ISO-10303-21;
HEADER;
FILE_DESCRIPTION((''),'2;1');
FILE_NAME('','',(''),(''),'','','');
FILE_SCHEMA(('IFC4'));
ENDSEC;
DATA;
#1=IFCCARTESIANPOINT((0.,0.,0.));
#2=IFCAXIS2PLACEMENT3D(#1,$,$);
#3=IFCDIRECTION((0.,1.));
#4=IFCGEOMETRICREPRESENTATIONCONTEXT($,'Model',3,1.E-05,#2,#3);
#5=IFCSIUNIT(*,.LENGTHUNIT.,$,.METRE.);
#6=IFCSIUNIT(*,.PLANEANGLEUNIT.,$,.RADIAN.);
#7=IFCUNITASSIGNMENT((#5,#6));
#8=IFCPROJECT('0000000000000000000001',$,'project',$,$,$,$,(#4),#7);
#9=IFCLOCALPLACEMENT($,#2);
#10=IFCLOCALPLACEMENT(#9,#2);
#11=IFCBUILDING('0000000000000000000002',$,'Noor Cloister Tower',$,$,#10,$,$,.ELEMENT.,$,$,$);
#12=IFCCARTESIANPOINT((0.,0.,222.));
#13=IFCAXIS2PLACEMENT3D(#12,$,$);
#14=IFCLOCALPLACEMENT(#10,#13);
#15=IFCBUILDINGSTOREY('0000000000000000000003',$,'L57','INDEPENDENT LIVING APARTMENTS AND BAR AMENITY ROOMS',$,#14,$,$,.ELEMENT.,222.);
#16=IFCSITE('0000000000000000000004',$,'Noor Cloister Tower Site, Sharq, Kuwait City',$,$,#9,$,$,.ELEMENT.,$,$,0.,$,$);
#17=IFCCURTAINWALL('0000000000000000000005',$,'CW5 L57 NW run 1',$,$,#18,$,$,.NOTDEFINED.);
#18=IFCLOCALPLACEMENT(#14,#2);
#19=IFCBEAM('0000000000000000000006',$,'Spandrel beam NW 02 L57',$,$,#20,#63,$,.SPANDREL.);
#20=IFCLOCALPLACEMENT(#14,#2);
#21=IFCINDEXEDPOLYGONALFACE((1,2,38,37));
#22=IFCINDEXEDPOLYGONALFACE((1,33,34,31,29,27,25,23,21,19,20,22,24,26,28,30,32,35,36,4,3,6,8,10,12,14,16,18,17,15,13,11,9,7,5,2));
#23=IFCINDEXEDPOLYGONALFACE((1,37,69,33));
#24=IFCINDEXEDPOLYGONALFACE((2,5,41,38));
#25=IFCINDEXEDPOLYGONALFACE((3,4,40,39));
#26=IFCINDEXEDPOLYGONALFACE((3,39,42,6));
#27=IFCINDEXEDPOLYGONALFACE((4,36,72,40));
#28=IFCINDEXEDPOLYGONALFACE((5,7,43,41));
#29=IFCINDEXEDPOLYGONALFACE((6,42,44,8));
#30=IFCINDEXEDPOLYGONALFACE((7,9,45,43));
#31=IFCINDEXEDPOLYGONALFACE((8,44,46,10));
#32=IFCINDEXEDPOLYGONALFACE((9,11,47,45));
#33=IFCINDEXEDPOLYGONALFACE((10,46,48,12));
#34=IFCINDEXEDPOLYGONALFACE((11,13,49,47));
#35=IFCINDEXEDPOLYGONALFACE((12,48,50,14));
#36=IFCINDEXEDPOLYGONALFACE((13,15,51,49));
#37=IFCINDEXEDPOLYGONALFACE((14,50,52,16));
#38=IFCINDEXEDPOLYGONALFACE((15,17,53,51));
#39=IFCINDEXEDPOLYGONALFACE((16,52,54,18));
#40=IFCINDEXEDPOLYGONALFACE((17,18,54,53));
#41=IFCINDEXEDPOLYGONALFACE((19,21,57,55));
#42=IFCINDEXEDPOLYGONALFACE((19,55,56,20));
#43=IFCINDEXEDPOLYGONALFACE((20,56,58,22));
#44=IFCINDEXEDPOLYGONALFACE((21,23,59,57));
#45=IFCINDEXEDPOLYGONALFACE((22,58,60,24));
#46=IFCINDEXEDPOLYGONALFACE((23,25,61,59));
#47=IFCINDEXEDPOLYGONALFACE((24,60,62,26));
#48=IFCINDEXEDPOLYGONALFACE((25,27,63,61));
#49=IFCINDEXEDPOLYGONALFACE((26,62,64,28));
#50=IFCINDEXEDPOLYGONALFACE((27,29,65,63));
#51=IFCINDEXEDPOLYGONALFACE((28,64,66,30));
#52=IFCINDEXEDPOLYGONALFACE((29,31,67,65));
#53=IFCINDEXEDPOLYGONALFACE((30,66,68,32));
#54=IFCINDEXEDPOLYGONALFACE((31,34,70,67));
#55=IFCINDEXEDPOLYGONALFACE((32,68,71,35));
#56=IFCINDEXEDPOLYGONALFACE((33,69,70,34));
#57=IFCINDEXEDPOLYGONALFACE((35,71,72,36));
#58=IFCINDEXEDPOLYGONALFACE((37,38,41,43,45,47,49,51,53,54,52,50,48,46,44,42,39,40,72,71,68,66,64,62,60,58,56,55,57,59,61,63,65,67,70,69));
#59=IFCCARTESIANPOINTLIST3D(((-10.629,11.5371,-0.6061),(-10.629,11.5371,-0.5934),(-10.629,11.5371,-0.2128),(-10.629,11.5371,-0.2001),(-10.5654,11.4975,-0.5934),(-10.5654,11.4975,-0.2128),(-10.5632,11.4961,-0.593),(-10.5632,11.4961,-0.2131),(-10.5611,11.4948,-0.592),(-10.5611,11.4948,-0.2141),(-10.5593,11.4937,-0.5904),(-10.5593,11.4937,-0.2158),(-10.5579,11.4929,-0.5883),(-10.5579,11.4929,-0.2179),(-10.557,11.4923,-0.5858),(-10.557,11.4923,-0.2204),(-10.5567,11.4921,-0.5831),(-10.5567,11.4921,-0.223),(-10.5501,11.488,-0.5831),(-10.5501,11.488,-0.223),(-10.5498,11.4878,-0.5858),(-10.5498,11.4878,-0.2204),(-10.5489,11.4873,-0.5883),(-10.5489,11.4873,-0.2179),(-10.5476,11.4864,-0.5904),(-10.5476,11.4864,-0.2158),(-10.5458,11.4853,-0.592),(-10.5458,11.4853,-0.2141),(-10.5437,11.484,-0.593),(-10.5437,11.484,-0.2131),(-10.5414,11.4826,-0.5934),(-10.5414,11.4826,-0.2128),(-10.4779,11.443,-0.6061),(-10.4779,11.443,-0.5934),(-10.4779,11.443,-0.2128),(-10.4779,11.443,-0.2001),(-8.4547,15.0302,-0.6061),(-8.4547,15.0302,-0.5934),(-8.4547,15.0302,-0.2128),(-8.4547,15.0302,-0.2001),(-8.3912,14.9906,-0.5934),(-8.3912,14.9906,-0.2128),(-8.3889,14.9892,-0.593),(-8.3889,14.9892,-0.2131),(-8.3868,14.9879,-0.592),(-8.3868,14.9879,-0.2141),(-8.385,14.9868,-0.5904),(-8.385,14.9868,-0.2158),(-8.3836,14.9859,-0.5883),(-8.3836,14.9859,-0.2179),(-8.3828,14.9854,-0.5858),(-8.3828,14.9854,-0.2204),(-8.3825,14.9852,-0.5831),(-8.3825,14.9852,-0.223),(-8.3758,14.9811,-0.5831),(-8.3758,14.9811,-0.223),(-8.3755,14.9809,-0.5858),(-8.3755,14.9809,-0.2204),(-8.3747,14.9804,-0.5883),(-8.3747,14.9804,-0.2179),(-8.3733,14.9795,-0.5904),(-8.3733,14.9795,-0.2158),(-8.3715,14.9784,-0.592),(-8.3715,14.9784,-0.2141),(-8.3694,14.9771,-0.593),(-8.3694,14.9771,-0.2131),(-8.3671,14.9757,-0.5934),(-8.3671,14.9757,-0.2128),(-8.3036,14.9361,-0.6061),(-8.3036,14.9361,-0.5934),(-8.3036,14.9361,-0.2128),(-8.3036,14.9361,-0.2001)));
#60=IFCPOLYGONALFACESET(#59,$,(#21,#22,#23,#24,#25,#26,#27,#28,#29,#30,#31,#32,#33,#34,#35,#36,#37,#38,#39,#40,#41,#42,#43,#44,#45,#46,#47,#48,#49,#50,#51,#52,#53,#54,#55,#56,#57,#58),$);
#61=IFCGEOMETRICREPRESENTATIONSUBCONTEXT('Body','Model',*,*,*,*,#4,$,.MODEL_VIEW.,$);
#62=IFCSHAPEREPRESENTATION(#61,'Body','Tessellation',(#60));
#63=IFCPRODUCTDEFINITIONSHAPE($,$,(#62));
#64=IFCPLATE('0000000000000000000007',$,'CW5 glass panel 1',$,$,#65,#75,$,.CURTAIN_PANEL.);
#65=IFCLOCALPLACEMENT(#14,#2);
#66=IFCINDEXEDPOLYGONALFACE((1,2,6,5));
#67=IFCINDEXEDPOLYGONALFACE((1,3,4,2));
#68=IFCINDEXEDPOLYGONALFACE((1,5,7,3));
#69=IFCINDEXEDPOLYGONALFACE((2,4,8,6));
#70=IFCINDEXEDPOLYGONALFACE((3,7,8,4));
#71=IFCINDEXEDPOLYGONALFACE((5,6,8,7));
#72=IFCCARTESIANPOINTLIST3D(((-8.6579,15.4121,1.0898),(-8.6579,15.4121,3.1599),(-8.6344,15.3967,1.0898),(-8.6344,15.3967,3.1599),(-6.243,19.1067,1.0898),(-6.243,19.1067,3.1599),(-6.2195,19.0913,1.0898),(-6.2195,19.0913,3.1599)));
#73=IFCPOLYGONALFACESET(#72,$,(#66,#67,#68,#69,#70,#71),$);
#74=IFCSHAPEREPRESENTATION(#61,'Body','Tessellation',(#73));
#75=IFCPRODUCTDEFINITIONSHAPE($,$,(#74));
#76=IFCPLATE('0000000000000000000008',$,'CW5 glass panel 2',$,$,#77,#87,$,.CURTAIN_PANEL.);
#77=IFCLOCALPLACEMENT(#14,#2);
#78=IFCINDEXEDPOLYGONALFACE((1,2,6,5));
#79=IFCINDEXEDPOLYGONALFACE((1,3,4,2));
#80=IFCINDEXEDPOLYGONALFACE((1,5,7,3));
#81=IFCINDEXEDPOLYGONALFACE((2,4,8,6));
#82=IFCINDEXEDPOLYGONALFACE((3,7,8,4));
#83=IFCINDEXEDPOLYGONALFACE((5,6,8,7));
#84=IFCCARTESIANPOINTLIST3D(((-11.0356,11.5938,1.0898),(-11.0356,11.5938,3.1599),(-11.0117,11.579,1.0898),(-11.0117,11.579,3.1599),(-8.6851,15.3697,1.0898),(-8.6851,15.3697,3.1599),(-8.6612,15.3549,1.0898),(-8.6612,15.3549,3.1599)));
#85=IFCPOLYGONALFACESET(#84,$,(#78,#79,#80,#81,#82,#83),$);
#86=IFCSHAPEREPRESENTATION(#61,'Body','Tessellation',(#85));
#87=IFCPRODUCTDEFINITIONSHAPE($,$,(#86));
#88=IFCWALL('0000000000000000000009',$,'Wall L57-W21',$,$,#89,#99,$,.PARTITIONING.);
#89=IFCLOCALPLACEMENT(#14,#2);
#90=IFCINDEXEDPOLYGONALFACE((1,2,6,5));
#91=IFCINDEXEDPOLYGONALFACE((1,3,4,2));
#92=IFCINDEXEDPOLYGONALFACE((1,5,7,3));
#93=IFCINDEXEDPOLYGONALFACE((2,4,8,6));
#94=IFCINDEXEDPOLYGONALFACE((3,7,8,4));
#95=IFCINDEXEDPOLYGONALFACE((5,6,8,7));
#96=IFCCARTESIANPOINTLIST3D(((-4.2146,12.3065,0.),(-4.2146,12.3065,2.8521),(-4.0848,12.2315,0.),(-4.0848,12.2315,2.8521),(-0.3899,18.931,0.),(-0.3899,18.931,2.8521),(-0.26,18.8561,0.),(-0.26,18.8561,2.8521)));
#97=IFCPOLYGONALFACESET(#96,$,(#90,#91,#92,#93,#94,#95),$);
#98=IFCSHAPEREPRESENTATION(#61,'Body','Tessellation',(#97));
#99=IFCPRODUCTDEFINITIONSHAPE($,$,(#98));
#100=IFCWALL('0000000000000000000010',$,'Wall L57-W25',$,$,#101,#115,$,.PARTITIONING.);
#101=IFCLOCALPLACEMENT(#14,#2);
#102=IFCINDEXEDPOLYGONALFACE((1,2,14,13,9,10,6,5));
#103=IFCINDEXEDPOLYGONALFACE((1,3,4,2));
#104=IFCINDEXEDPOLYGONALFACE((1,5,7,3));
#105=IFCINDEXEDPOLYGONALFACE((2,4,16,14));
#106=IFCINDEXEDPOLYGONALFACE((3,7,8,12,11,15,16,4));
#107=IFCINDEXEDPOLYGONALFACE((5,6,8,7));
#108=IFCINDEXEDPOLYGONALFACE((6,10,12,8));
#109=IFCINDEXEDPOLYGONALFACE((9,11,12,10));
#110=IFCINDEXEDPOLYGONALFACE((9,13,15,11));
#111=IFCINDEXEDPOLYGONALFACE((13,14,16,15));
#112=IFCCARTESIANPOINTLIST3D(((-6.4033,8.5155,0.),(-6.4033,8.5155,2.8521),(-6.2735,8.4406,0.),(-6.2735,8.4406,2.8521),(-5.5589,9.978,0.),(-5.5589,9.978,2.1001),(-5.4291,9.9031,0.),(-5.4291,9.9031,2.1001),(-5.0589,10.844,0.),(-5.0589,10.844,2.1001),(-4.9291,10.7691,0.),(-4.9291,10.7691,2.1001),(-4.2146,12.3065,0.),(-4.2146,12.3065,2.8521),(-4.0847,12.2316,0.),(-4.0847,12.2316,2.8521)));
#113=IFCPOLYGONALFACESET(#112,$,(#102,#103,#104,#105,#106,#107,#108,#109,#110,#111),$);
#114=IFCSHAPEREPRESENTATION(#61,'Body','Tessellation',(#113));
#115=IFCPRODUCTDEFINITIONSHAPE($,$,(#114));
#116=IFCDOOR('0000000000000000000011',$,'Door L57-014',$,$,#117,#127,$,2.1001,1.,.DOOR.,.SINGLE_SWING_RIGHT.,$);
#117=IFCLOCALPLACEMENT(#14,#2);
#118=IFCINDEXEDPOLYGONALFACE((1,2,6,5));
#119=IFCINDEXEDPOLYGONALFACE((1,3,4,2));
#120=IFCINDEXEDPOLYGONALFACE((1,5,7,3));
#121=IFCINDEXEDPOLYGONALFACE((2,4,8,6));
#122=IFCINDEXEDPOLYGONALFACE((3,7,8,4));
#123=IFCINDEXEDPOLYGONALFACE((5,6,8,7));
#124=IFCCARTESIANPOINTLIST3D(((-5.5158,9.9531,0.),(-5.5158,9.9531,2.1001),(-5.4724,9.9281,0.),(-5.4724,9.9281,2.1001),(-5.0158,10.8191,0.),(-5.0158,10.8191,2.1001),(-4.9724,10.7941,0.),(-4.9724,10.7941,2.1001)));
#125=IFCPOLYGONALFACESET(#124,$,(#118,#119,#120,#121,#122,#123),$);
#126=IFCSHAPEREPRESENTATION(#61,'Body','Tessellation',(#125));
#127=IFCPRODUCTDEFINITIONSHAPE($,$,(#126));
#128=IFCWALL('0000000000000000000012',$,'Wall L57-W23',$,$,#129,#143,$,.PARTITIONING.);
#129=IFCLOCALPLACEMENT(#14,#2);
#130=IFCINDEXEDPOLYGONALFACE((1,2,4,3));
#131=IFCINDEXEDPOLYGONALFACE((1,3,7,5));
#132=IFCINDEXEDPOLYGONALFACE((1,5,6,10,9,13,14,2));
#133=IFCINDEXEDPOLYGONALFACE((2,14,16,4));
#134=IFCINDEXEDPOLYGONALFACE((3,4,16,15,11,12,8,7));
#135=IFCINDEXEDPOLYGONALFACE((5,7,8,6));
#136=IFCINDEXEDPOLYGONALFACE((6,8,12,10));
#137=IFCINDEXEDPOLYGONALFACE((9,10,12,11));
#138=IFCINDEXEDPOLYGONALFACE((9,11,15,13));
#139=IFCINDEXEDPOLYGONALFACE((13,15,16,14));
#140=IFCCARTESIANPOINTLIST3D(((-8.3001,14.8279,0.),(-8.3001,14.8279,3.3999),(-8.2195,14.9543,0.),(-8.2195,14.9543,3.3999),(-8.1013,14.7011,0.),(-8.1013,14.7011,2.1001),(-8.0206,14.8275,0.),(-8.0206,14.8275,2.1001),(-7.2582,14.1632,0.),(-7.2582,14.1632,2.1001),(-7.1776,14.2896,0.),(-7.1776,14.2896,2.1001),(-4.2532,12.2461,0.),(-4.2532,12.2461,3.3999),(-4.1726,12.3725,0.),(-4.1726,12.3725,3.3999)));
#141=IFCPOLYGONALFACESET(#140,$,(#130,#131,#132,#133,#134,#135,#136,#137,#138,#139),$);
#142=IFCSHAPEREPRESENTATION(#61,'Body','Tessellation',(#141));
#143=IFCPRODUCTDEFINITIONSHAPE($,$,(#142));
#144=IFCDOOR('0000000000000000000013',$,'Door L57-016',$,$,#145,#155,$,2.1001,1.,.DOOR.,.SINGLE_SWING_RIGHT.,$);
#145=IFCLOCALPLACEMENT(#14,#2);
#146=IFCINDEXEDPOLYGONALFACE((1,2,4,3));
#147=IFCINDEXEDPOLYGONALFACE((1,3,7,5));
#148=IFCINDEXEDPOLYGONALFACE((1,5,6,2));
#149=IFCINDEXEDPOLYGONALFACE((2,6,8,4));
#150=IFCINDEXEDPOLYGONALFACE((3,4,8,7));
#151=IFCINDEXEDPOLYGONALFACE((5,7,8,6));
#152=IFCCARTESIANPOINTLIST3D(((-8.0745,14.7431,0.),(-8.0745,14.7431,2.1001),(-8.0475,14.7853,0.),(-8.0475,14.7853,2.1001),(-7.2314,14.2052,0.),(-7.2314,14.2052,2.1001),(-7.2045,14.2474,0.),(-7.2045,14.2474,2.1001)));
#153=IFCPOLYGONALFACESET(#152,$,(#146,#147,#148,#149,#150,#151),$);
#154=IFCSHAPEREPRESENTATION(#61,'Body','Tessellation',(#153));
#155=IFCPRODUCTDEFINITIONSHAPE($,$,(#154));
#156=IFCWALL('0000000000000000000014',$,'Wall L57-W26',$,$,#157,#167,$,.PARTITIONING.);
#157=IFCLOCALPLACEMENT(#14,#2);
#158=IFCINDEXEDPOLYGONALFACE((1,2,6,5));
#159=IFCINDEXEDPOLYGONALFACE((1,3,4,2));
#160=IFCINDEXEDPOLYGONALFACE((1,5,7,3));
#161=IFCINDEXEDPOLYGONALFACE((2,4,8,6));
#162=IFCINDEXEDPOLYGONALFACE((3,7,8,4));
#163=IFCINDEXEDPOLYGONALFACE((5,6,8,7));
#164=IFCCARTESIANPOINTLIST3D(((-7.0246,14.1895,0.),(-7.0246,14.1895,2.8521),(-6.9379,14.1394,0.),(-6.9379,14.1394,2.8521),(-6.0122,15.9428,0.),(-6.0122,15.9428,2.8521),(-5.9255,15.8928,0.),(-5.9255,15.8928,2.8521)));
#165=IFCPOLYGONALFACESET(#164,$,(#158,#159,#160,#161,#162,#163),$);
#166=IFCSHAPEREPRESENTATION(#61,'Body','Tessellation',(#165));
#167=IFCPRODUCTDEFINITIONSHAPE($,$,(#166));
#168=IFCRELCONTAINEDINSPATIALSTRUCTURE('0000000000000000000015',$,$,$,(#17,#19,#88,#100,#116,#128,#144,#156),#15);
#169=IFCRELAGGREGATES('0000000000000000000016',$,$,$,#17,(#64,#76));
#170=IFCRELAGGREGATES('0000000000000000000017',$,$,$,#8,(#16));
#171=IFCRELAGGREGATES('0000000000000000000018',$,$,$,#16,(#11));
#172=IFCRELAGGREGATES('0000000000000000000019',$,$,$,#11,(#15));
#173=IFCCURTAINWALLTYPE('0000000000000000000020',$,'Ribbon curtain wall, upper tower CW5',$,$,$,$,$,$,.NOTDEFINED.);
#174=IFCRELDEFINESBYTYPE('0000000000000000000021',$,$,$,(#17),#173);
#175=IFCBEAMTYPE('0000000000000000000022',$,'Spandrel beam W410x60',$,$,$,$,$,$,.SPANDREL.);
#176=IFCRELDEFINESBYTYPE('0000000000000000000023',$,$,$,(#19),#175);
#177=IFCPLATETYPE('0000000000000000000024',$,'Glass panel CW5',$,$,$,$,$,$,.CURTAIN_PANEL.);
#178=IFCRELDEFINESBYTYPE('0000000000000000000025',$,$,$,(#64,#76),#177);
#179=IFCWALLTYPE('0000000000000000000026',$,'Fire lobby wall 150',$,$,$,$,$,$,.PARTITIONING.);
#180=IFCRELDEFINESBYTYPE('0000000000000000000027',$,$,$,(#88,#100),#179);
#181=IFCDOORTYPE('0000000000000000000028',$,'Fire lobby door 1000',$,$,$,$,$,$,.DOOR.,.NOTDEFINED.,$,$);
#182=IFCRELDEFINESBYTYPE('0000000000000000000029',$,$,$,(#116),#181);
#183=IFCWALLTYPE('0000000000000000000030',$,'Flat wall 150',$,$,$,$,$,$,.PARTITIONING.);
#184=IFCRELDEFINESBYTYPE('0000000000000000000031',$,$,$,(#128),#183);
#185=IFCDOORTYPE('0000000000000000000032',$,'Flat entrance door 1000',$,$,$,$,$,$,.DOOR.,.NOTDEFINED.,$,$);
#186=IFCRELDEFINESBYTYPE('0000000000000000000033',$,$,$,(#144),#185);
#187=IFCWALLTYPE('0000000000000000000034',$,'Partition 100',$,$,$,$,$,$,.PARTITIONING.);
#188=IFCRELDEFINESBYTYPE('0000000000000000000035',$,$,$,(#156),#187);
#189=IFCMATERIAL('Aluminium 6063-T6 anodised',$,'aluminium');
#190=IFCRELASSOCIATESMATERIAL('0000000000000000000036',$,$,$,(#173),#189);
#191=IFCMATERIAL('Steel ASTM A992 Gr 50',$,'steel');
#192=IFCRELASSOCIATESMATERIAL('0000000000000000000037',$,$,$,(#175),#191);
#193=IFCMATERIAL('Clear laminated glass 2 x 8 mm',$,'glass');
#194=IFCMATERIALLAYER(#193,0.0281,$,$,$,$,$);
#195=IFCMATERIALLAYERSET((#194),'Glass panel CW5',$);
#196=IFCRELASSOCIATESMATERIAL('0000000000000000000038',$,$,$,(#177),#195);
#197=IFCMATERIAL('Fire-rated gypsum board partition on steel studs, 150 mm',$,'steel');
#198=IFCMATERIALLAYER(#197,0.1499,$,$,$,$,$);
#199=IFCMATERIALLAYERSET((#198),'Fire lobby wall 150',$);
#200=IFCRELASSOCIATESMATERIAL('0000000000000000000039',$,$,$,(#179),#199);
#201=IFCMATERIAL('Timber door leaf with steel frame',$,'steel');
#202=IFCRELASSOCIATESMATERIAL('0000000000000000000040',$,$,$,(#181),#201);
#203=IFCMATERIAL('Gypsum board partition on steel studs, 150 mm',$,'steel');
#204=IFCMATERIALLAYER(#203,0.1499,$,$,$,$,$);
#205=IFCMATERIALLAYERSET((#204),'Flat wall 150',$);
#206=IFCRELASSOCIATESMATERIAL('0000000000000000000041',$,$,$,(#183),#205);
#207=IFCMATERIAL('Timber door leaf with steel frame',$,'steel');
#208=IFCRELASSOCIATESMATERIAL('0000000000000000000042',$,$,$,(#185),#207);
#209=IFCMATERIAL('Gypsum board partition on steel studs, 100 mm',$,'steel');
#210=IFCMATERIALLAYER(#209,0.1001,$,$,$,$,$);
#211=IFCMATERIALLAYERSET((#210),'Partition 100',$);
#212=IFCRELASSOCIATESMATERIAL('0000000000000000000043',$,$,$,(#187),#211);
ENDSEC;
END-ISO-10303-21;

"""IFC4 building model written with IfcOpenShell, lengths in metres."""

from ifc_helpers import new_model, si_unit, direction, frame, frame_2d, origin, origin_2d, place, context, subcontext, project, spatial, rectangle, i_section, extrude, material, layer, layer_set, material_profile, profile_set, type_object, element, fill, aggregate, save


model = new_model("IFC4")

# Units and contexts
model_context = context("Model", 3, precision=1e-05, world=origin(), true_north=direction((0.0, 1.0)))
body_context = subcontext(model_context, "Body", "Model", "MODEL_VIEW")
ifc_project = project(units=[si_unit("LENGTHUNIT", "METRE"), si_unit("PLANEANGLEUNIT", "RADIAN")], contexts=[model_context])

# Site, building, storey
site_placement = place(None, origin())
site = spatial("IfcSite", under=ifc_project, at=site_placement, Name="Noor Cloister Tower Site, Sharq, Kuwait City", CompositionType="ELEMENT", RefElevation=0.0)
building_placement = place(site_placement, origin())
building = spatial("IfcBuilding", under=site, at=building_placement, Name="Noor Cloister Tower", CompositionType="ELEMENT")
storey_placement = place(building_placement, frame((0.0, 0.0, 222.0)))
storey = spatial("IfcBuildingStorey", under=building, at=storey_placement, Name="L57", Description="INDEPENDENT LIVING APARTMENTS AND BAR AMENITY ROOMS", CompositionType="ELEMENT", Elevation=222.0)

# Curtain wall
ifc_material_1 = material(Name="Aluminium 6063-T6 anodised", Category="aluminium")
curtain_wall_type = type_object("IfcCurtainWallType", Name="Ribbon curtain wall, upper tower CW5", PredefinedType="NOTDEFINED", material=ifc_material_1)
curtain_wall_placement = place(storey_placement, origin())
curtain_wall = element("IfcCurtainWall", 1, at=curtain_wall_placement, inside=storey, type_object=curtain_wall_type, Name="CW5 L57 NW run 1", PredefinedType="NOTDEFINED")

# Beam
ifc_material_2 = material(Name="Steel ASTM A992 Gr 50", Category="steel")
ifc_material_profile_1 = material_profile(ifc_material_2, i_section(OverallWidth=0.178, OverallDepth=0.406, WebThickness=0.0078, FlangeThickness=0.0127, FilletRadius=0.0103, at=origin_2d()), Name="W410x60")
ifc_profile_set_1 = profile_set([ifc_material_profile_1], Name="Steel ASTM A992 Gr 50")
beam_type_1 = type_object("IfcBeamType", Name="Spandrel beam W410x60", PredefinedType="SPANDREL", material=ifc_profile_set_1)
beam_1_placement = place(storey_placement, frame((-8.3792, 14.9832, -0.4031), z_axis=(-0.528441, -0.84897, 0.0), x_axis=(0.84897, -0.528441, 0.0)))
element("IfcBeam", 2, at=beam_1_placement, inside=storey, type_object=beam_type_1, Name="Spandrel beam NW 02 L57", PredefinedType="SPANDREL", context=body_context, shape_type="SweptSolid", body=[
    extrude(i_section(OverallWidth=0.178, OverallDepth=0.406, WebThickness=0.0078, FlangeThickness=0.0127, FilletRadius=0.0103, at=origin_2d()), origin(), (0.0, 0.0, 1.0), 4.1145),
])

# Plates
ifc_material_3 = material(Name="Clear laminated glass 2 x 8 mm", Category="glass")
ifc_layer_1 = layer(ifc_material_3, 0.0281)
ifc_layer_set_1 = layer_set([ifc_layer_1], Name="Glass panel CW5")
plate_type = type_object("IfcPlateType", Name="Glass panel CW5", PredefinedType="CURTAIN_PANEL", material=ifc_layer_set_1)
plate_1_placement = place(storey_placement, frame((-7.4387, 17.2517, 1.0898), z_axis=(0.0, 0.0, 1.0), x_axis=(-0.547131, -0.837047, 0.0)))
plate_1 = element("IfcPlate", 3, at=plate_1_placement, type_object=plate_type, Name="CW5 glass panel 1", PredefinedType="CURTAIN_PANEL", context=body_context, shape_type="SweptSolid", body=[
    extrude(rectangle(XDim=4.4138, YDim=0.0281, at=origin_2d()), origin(), (0.0, 0.0, 1.0), 2.0701),
])
plate_2_placement = place(storey_placement, frame((-9.8484, 13.4744, 1.0898), z_axis=(0.0, 0.0, 1.0), x_axis=(-0.528471, -0.848951, 0.0)))
plate_2 = element("IfcPlate", 4, at=plate_2_placement, type_object=plate_type, Name="CW5 glass panel 2", PredefinedType="CURTAIN_PANEL", context=body_context, shape_type="SweptSolid", body=[
    extrude(rectangle(XDim=4.4478, YDim=0.0281, at=origin_2d()), origin(), (0.0, 0.0, 1.0), 2.0701),
])
aggregate(curtain_wall, [plate_1, plate_2])

# Wall
ifc_material_4 = material(Name="Fire-rated gypsum board partition on steel studs, 150 mm", Category="steel")
ifc_layer_2 = layer(ifc_material_4, 0.1499)
ifc_layer_set_2 = layer_set([ifc_layer_2], Name="Fire lobby wall 150")
wall_type_1 = type_object("IfcWallType", Name="Fire lobby wall 150", PredefinedType="PARTITIONING", material=ifc_layer_set_2)
wall_1_placement = place(storey_placement, frame((-0.325, 18.8936, 0.0), z_axis=(0.0, 0.0, 1.0), x_axis=(-0.500004, -0.866023, 0.0)))
element("IfcWall", 5, at=wall_1_placement, inside=storey, type_object=wall_type_1, Name="Wall L57-W21", PredefinedType="PARTITIONING", context=body_context, shape_type="SweptSolid", body=[
    extrude(rectangle(XDim=7.6494, YDim=0.1499, at=frame_2d((3.8247, 0.0))), origin(), (0.0, 0.0, 1.0), 2.8521),
])

# Walls, openings, doors
wall_2_placement = place(storey_placement, frame((-4.1497, 12.269, 0.0), z_axis=(0.0, 0.0, 1.0), x_axis=(-0.499996, -0.866028, 0.0)))
wall_2 = element("IfcWall", 6, at=wall_2_placement, inside=storey, type_object=wall_type_1, Name="Wall L57-W25", PredefinedType="PARTITIONING", context=body_context, shape_type="SweptSolid", body=[
    extrude(rectangle(XDim=4.3774, YDim=0.1499, at=frame_2d((2.1887, 0.0))), origin(), (0.0, 0.0, 1.0), 2.8521),
])
opening_1_placement = place(wall_2_placement, frame((1.6887, 0.0, 0.0)))
opening_1 = element("IfcOpeningElement", 7, at=opening_1_placement, cuts=wall_2, PredefinedType="OPENING", context=body_context, shape_type="SweptSolid", body=[
    extrude(rectangle(XDim=1.0, YDim=2.1001, at=frame_2d((0.5, 1.05))), frame((0.0, 0.085, 0.0), z_axis=(0.0, -1.0, 0.0), x_axis=(1.0, 0.0, 0.0)), (0.0, 0.0, 1.0), 0.1699),
])
ifc_material_5 = material(Name="Timber door leaf with steel frame", Category="steel")
door_type_1 = type_object("IfcDoorType", Name="Fire lobby door 1000", OperationType="NOTDEFINED", PredefinedType="DOOR", material=ifc_material_5)
door_1_placement = place(opening_1_placement, origin())
door_1 = element("IfcDoor", 8, at=door_1_placement, inside=storey, type_object=door_type_1, Name="Door L57-014", OperationType="SINGLE_SWING_RIGHT", OverallHeight=2.1001, OverallWidth=1.0, PredefinedType="DOOR", context=body_context, shape_type="SweptSolid", body=[
    extrude(rectangle(XDim=1.0, YDim=2.1001, at=frame_2d((0.5, 1.05))), frame((0.0, 0.0249, 0.0), z_axis=(0.0, -1.0, 0.0), x_axis=(1.0, 0.0, 0.0)), (0.0, 0.0, 1.0), 0.05),
])
fill(opening_1, door_1)
ifc_material_6 = material(Name="Gypsum board partition on steel studs, 150 mm", Category="steel")
ifc_layer_3 = layer(ifc_material_6, 0.1499)
ifc_layer_set_3 = layer_set([ifc_layer_3], Name="Flat wall 150")
wall_type_2 = type_object("IfcWallType", Name="Flat wall 150", PredefinedType="PARTITIONING", material=ifc_layer_set_3)
wall_3_placement = place(storey_placement, frame((-8.2598, 14.8911, 0.0), z_axis=(0.0, 0.0, 1.0), x_axis=(0.843047, -0.537839, 0.0)))
wall_3 = element("IfcWall", 9, at=wall_3_placement, inside=storey, type_object=wall_type_2, Name="Wall L57-W23", PredefinedType="PARTITIONING", context=body_context, shape_type="SweptSolid", body=[
    extrude(rectangle(XDim=4.8003, YDim=0.1499, at=frame_2d((2.4001, 0.0))), origin(), (0.0, 0.0, 1.0), 3.3999),
])
opening_2_placement = place(wall_3_placement, frame((0.2358, 0.0, 0.0)))
opening_2 = element("IfcOpeningElement", 10, at=opening_2_placement, cuts=wall_3, PredefinedType="OPENING", context=body_context, shape_type="SweptSolid", body=[
    extrude(rectangle(XDim=1.0, YDim=2.1001, at=frame_2d((0.5, 1.05))), frame((0.0, 0.085, 0.0), z_axis=(0.0, -1.0, 0.0), x_axis=(1.0, 0.0, 0.0)), (0.0, 0.0, 1.0), 0.1699),
])
ifc_material_7 = material(Name="Timber door leaf with steel frame", Category="steel")
door_type_2 = type_object("IfcDoorType", Name="Flat entrance door 1000", OperationType="NOTDEFINED", PredefinedType="DOOR", material=ifc_material_7)
door_2_placement = place(opening_2_placement, origin())
door_2 = element("IfcDoor", 11, at=door_2_placement, inside=storey, type_object=door_type_2, Name="Door L57-016", OperationType="SINGLE_SWING_RIGHT", OverallHeight=2.1001, OverallWidth=1.0, PredefinedType="DOOR", context=body_context, shape_type="SweptSolid", body=[
    extrude(rectangle(XDim=1.0, YDim=2.1001, at=frame_2d((0.5, 1.05))), frame((0.0, 0.0249, 0.0), z_axis=(0.0, -1.0, 0.0), x_axis=(1.0, 0.0, 0.0)), (0.0, 0.0, 1.0), 0.05),
])
fill(opening_2, door_2)

# Wall
ifc_material_8 = material(Name="Gypsum board partition on steel studs, 100 mm", Category="steel")
ifc_layer_4 = layer(ifc_material_8, 0.1001)
ifc_layer_set_4 = layer_set([ifc_layer_4], Name="Partition 100")
wall_type_3 = type_object("IfcWallType", Name="Partition 100", PredefinedType="PARTITIONING", material=ifc_layer_set_4)
wall_4_placement = place(storey_placement, frame((-6.9812, 14.1646, 0.0), z_axis=(0.0, 0.0, 1.0), x_axis=(0.500043, 0.866001, 0.0)))
element("IfcWall", 12, at=wall_4_placement, inside=storey, type_object=wall_type_3, Name="Wall L57-W26", PredefinedType="PARTITIONING", context=body_context, shape_type="SweptSolid", body=[
    extrude(rectangle(XDim=2.0247, YDim=0.1001, at=frame_2d((1.0122, 0.0))), origin(), (0.0, 0.0, 1.0), 2.8521),
])

save(model, "model.ifc")
